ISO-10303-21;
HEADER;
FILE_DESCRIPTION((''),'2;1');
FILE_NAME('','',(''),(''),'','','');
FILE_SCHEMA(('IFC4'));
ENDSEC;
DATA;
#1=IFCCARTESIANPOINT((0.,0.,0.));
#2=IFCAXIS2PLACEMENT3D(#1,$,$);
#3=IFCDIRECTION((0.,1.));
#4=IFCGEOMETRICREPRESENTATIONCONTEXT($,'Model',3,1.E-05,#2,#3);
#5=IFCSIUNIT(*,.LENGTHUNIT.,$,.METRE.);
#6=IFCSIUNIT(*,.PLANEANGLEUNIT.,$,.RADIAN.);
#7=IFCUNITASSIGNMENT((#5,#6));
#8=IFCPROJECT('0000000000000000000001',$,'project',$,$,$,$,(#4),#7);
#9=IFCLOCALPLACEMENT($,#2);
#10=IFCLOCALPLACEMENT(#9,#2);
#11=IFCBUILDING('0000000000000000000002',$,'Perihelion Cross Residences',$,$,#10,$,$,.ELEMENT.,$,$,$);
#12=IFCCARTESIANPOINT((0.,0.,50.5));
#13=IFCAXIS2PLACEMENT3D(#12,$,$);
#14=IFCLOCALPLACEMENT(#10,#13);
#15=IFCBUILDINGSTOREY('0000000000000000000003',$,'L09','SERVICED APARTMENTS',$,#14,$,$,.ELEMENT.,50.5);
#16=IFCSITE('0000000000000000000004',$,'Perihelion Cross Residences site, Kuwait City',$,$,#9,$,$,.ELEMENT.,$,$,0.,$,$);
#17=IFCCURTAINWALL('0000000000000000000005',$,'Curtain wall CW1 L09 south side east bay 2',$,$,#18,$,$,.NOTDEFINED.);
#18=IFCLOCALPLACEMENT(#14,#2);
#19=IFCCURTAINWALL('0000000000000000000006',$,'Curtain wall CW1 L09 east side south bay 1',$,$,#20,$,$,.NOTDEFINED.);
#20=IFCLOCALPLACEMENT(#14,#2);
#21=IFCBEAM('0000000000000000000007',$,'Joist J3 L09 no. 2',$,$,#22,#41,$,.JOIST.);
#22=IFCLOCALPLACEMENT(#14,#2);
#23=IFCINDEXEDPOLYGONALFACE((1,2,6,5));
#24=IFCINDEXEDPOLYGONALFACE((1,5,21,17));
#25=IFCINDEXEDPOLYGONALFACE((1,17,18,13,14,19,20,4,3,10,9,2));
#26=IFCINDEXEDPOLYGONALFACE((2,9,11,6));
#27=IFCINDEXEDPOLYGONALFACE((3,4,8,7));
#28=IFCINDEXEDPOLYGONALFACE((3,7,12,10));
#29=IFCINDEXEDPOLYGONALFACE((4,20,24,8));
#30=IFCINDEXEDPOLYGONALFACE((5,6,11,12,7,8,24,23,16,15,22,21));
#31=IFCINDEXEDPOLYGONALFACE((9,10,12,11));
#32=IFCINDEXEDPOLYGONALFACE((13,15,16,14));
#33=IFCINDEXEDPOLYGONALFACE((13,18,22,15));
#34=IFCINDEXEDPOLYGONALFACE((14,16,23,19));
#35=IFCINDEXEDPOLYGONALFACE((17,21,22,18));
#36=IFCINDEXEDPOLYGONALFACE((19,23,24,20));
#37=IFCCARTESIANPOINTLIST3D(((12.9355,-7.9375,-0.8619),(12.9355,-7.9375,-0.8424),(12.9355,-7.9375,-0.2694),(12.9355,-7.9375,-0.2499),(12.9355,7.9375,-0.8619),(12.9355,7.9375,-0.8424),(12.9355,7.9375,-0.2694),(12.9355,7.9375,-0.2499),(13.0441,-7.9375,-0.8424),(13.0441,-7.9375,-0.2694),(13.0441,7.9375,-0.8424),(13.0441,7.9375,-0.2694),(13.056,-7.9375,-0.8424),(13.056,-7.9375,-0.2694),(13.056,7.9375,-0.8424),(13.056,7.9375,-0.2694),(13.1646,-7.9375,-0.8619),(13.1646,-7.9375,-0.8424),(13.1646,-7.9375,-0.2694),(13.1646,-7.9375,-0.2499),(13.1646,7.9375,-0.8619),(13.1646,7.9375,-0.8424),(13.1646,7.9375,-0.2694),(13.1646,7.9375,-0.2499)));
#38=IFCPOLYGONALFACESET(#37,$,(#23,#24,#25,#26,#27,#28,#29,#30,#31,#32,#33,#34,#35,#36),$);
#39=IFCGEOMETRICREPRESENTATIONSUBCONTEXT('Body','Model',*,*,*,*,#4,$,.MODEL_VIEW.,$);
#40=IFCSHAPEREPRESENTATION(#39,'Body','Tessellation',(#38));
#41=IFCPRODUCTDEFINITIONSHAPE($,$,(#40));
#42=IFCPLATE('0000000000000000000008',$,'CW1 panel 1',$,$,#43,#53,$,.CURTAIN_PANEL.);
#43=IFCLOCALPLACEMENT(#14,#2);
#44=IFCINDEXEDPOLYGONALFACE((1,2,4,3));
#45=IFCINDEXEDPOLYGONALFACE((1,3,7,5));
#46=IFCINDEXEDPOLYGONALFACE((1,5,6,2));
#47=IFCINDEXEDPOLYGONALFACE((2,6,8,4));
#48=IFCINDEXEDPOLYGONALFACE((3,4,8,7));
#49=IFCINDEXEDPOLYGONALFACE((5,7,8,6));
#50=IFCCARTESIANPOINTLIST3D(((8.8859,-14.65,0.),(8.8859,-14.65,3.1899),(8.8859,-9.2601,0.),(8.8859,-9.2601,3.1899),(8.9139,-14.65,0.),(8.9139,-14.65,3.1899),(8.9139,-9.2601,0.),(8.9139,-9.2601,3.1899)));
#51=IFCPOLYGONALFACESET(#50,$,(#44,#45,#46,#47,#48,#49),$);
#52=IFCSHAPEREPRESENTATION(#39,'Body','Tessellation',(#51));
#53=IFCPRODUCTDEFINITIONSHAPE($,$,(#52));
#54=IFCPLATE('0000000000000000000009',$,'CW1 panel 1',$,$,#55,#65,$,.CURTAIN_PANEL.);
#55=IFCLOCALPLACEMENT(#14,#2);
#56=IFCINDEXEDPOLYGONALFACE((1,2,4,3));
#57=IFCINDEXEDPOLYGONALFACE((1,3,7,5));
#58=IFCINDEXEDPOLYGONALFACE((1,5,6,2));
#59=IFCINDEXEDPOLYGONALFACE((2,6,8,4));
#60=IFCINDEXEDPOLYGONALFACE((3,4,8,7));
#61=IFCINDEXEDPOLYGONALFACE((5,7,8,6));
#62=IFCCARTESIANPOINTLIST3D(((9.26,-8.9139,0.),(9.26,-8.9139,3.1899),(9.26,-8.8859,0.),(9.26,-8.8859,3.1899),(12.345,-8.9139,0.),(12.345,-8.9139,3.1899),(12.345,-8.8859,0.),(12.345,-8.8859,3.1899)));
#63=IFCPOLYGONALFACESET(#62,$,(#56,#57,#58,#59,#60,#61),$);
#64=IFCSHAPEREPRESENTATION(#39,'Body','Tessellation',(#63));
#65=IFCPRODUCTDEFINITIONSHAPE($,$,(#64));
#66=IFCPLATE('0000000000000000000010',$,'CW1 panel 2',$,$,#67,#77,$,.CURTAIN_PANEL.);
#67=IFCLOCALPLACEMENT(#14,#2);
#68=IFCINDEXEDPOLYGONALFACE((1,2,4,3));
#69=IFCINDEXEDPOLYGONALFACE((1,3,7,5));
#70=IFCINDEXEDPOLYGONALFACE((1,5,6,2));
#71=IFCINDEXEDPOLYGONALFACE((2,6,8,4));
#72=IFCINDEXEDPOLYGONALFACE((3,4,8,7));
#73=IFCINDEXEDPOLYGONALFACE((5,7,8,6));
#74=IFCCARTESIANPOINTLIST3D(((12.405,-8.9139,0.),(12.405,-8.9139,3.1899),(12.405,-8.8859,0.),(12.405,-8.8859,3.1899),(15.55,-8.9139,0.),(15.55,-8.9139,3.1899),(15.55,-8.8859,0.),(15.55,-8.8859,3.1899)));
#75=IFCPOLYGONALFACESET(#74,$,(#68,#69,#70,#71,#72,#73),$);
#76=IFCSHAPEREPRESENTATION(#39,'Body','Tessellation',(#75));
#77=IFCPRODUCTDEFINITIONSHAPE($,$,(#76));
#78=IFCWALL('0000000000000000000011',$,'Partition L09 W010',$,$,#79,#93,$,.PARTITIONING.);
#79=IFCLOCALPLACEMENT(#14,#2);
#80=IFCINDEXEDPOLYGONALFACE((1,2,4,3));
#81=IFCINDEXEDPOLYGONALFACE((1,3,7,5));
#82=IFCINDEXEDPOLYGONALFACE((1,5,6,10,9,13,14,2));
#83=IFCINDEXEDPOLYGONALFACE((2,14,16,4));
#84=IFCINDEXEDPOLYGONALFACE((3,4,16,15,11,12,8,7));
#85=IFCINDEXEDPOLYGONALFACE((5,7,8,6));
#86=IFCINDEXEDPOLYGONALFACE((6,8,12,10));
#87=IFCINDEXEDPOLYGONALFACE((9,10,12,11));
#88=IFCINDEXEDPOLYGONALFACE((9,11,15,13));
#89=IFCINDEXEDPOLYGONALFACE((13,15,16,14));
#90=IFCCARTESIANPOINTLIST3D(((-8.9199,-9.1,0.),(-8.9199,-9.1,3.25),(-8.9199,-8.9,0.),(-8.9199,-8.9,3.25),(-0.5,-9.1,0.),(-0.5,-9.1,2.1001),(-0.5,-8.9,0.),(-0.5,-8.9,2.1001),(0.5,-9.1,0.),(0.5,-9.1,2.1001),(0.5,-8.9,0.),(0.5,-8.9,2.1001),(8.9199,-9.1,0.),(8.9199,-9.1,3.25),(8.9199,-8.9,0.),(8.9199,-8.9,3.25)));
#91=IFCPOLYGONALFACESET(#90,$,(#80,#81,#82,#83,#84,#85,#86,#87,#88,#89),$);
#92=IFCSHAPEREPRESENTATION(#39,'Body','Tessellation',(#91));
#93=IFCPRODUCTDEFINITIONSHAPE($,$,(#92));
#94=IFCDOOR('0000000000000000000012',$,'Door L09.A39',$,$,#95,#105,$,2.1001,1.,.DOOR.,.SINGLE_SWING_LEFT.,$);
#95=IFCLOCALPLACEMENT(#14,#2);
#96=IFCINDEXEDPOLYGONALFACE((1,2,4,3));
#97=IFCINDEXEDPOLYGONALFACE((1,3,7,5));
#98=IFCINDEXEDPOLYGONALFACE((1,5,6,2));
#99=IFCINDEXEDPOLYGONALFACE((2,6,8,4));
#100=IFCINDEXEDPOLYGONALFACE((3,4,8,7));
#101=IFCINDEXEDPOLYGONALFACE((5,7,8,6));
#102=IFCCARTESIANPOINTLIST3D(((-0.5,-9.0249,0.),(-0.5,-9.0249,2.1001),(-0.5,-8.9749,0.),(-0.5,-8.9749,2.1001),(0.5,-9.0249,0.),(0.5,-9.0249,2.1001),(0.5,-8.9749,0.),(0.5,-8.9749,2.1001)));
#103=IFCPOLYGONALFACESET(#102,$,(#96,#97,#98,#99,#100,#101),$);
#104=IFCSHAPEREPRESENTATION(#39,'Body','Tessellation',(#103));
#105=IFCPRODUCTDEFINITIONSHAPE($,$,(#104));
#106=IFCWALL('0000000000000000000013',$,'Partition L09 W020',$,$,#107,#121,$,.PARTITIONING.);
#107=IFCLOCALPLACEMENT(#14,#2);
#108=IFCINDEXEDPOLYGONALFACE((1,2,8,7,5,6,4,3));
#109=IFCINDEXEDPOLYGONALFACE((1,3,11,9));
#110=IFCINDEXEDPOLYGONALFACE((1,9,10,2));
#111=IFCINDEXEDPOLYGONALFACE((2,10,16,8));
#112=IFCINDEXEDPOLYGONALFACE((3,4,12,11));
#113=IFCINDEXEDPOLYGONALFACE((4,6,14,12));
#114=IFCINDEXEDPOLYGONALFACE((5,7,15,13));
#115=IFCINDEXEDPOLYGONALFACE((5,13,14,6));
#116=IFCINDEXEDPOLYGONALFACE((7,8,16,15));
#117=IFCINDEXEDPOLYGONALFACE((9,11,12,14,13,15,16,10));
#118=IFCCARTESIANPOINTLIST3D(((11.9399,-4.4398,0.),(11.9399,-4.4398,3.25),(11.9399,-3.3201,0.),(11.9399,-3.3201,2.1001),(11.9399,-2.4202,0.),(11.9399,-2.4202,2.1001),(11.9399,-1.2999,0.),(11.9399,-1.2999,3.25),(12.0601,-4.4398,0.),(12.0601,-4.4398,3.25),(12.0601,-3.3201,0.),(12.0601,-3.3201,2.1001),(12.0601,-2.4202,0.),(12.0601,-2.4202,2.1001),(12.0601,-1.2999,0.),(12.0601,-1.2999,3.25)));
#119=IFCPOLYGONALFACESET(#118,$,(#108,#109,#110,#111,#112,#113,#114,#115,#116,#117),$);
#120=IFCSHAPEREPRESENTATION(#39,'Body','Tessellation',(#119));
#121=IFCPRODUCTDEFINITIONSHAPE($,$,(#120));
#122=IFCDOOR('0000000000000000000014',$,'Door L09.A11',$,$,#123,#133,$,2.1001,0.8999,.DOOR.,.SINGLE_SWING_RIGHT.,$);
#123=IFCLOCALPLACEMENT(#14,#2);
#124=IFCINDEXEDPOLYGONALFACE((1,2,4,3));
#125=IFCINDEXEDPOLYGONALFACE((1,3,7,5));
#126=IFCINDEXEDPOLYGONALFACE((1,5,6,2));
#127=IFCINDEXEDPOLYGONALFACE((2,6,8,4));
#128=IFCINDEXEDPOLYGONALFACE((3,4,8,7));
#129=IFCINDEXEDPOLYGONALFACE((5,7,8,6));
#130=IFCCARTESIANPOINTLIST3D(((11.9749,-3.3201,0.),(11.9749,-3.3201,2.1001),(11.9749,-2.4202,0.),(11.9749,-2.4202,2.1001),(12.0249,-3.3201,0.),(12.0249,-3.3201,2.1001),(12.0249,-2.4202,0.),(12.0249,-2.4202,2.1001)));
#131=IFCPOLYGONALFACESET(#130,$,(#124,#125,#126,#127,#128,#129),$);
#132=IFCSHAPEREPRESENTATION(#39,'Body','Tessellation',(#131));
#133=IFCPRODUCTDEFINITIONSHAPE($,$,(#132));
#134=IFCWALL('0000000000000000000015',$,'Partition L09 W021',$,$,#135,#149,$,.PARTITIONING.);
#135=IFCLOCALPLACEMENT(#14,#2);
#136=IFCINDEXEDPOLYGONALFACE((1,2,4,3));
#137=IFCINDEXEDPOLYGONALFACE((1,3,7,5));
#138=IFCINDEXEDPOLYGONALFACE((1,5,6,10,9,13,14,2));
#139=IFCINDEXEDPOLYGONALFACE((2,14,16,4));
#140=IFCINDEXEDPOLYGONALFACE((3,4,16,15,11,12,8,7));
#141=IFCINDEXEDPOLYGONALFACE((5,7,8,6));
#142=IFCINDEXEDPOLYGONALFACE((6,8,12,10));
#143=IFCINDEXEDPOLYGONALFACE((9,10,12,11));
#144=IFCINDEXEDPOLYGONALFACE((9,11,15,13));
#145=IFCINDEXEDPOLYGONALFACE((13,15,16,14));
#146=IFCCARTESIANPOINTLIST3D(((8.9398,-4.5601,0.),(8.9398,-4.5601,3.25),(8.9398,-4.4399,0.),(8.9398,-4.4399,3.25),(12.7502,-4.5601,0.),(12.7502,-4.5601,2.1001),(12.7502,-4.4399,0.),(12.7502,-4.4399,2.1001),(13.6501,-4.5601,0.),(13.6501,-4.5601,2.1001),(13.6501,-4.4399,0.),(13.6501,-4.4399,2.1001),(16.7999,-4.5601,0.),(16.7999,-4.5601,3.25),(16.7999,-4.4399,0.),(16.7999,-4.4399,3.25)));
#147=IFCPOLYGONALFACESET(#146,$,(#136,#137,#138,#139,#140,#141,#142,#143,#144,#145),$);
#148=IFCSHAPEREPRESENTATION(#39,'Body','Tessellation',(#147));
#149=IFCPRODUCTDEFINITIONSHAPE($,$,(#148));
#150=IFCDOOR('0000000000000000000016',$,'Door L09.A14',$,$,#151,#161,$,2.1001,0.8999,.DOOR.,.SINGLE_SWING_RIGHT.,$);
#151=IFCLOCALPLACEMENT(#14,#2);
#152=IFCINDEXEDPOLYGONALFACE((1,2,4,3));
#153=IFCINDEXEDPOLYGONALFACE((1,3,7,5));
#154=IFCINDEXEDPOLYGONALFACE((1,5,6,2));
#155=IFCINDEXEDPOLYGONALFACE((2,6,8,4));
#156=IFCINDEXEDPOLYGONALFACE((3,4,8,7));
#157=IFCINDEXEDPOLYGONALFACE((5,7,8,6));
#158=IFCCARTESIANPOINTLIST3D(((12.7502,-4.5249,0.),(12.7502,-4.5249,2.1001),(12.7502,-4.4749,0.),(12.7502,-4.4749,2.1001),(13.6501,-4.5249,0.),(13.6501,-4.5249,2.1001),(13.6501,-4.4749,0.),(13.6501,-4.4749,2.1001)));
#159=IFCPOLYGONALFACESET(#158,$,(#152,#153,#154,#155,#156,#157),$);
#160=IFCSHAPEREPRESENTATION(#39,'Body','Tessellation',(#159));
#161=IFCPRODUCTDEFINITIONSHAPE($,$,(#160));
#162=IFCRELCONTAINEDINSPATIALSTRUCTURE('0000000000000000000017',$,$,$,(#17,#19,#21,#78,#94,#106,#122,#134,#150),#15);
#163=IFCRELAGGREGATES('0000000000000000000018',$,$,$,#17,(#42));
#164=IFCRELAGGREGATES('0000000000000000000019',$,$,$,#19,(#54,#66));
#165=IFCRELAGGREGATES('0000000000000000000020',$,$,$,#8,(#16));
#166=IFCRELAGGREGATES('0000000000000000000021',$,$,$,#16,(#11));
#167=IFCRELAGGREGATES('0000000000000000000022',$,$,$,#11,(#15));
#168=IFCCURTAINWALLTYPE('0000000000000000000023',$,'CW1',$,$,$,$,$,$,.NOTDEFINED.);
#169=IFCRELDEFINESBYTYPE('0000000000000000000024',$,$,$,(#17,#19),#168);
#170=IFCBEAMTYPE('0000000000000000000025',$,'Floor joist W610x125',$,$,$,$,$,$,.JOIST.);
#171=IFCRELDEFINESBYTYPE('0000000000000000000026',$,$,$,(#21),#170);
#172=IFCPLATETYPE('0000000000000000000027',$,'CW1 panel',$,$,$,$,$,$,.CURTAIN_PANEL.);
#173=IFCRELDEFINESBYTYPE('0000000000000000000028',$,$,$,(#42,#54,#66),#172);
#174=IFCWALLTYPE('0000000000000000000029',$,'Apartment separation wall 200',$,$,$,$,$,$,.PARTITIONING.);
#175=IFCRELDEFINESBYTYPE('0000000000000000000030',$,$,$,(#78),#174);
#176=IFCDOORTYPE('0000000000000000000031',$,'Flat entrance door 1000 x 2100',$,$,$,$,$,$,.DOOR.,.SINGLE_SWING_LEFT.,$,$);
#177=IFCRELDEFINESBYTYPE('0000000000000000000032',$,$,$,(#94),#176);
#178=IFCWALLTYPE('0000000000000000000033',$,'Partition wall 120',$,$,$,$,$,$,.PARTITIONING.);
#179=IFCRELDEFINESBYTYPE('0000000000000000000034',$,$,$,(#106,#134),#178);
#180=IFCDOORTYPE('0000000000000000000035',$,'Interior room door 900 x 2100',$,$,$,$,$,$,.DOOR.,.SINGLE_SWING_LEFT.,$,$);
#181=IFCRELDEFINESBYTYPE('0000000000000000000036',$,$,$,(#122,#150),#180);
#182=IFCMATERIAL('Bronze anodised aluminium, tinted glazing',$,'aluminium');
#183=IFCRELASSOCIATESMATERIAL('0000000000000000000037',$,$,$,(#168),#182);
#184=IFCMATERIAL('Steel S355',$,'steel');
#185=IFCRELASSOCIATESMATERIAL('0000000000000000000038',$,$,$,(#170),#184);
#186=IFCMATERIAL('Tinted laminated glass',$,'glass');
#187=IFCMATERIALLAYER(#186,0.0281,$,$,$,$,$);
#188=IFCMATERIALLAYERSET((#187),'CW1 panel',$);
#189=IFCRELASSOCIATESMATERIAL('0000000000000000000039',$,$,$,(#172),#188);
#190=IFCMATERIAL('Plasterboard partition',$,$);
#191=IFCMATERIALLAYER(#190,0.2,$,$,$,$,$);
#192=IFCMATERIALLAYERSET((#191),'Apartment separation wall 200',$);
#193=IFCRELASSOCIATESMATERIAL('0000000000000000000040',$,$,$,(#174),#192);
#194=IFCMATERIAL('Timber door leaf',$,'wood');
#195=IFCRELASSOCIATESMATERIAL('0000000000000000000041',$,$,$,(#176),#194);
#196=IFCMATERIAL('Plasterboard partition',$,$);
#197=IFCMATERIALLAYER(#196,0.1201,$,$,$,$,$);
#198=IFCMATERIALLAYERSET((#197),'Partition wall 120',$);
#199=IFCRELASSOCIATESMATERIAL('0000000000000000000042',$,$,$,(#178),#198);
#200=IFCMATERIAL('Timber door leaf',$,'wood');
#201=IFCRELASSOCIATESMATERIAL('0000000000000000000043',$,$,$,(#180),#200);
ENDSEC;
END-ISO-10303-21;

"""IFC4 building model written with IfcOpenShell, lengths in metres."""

from ifc_helpers import new_model, si_unit, direction, frame, frame_2d, origin, origin_2d, place, context, subcontext, project, spatial, rectangle, i_section, extrude, material, layer, layer_set, material_profile, profile_set, type_object, element, fill, aggregate, save


model = new_model("IFC4")

# Units and contexts
model_context = context("Model", 3, precision=1e-05, world=origin(), true_north=direction((0.0, 1.0)))
body_context = subcontext(model_context, "Body", "Model", "MODEL_VIEW")
ifc_project = project(units=[si_unit("LENGTHUNIT", "METRE"), si_unit("PLANEANGLEUNIT", "RADIAN")], contexts=[model_context])

# Site, building, storey
site_placement = place(None, origin())
site = spatial("IfcSite", under=ifc_project, at=site_placement, Name="Perihelion Cross Residences site, Kuwait City", CompositionType="ELEMENT", RefElevation=0.0)
building_placement = place(site_placement, origin())
building = spatial("IfcBuilding", under=site, at=building_placement, Name="Perihelion Cross Residences", CompositionType="ELEMENT")
storey_placement = place(building_placement, frame((0.0, 0.0, 50.5)))
storey = spatial("IfcBuildingStorey", under=building, at=storey_placement, Name="L09", Description="SERVICED APARTMENTS", CompositionType="ELEMENT", Elevation=50.5)

# Curtain wall
ifc_material_1 = material(Name="Bronze anodised aluminium, tinted glazing", Category="aluminium")
curtain_wall_type = type_object("IfcCurtainWallType", Name="CW1", PredefinedType="NOTDEFINED", material=ifc_material_1)
curtain_wall_1_placement = place(storey_placement, origin())
curtain_wall_1 = element("IfcCurtainWall", 1, at=curtain_wall_1_placement, inside=storey, type_object=curtain_wall_type, Name="Curtain wall CW1 L09 south side east bay 2", PredefinedType="NOTDEFINED")

# Curtain wall
curtain_wall_2_placement = place(storey_placement, origin())
curtain_wall_2 = element("IfcCurtainWall", 2, at=curtain_wall_2_placement, inside=storey, type_object=curtain_wall_type, Name="Curtain wall CW1 L09 east side south bay 1", PredefinedType="NOTDEFINED")

# Beam
ifc_material_2 = material(Name="Steel S355", Category="steel")
ifc_material_profile_1 = material_profile(ifc_material_2, i_section(OverallWidth=0.229, OverallDepth=0.6121, WebThickness=0.012, FlangeThickness=0.0195, at=origin_2d()), Name="W610x125")
ifc_profile_set_1 = profile_set([ifc_material_profile_1], Name="Steel S355")
beam_type_1 = type_object("IfcBeamType", Name="Floor joist W610x125", PredefinedType="JOIST", material=ifc_profile_set_1)
beam_1_placement = place(storey_placement, frame((13.05, -7.9375, -0.5559), z_axis=(0.0, 1.0, 0.0), x_axis=(-1.0, 0.0, 0.0)))
element("IfcBeam", 3, at=beam_1_placement, inside=storey, type_object=beam_type_1, Name="Joist J3 L09 no. 2", PredefinedType="JOIST", context=body_context, shape_type="SweptSolid", body=[
    extrude(i_section(OverallWidth=0.229, OverallDepth=0.6121, WebThickness=0.012, FlangeThickness=0.0195, at=origin_2d()), origin(), (0.0, 0.0, 1.0), 15.875),
])

# Plates
ifc_material_3 = material(Name="Tinted laminated glass", Category="glass")
ifc_layer_1 = layer(ifc_material_3, 0.0281)
ifc_layer_set_1 = layer_set([ifc_layer_1], Name="CW1 panel")
plate_type = type_object("IfcPlateType", Name="CW1 panel", PredefinedType="CURTAIN_PANEL", material=ifc_layer_set_1)
plate_1_placement = place(storey_placement, frame((8.8999, -11.9551, 0.0), z_axis=(0.0, 0.0, 1.0), x_axis=(0.0, 1.0, 0.0)))
plate_1 = element("IfcPlate", 4, at=plate_1_placement, type_object=plate_type, Name="CW1 panel 1", PredefinedType="CURTAIN_PANEL", context=body_context, shape_type="SweptSolid", body=[
    extrude(rectangle(XDim=5.3899, YDim=0.0281, at=origin_2d()), origin(), (0.0, 0.0, 1.0), 3.1899),
])
aggregate(curtain_wall_1, [plate_1])
plate_2_placement = place(storey_placement, frame((10.8025, -8.8999, 0.0), z_axis=(0.0, 0.0, 1.0), x_axis=(1.0, 0.0, 0.0)))
plate_2 = element("IfcPlate", 5, at=plate_2_placement, type_object=plate_type, Name="CW1 panel 1", PredefinedType="CURTAIN_PANEL", context=body_context, shape_type="SweptSolid", body=[
    extrude(rectangle(XDim=3.085, YDim=0.0281, at=origin_2d()), origin(), (0.0, 0.0, 1.0), 3.1899),
])
plate_3_placement = place(storey_placement, frame((13.9775, -8.8999, 0.0), z_axis=(0.0, 0.0, 1.0), x_axis=(1.0, 0.0, 0.0)))
plate_3 = element("IfcPlate", 6, at=plate_3_placement, type_object=plate_type, Name="CW1 panel 2", PredefinedType="CURTAIN_PANEL", context=body_context, shape_type="SweptSolid", body=[
    extrude(rectangle(XDim=3.145, YDim=0.0281, at=origin_2d()), origin(), (0.0, 0.0, 1.0), 3.1899),
])
aggregate(curtain_wall_2, [plate_2, plate_3])

# Walls, openings, doors
ifc_material_4 = material(Name="Plasterboard partition")
ifc_layer_2 = layer(ifc_material_4, 0.2)
ifc_layer_set_2 = layer_set([ifc_layer_2], Name="Apartment separation wall 200")
wall_type_1 = type_object("IfcWallType", Name="Apartment separation wall 200", PredefinedType="PARTITIONING", material=ifc_layer_set_2)
wall_1_placement = place(storey_placement, frame((8.9199, -9.0, 0.0), z_axis=(0.0, 0.0, 1.0), x_axis=(-1.0, 0.0, 0.0)))
wall_1 = element("IfcWall", 7, at=wall_1_placement, inside=storey, type_object=wall_type_1, Name="Partition L09 W010", PredefinedType="PARTITIONING", context=body_context, shape_type="SweptSolid", body=[
    extrude(rectangle(XDim=17.8398, YDim=0.2, at=frame_2d((8.9199, 0.0))), origin(), (0.0, 0.0, 1.0), 3.25),
])
opening_1_placement = place(wall_1_placement, frame((8.4199, 0.0, 0.0)))
opening_1 = element("IfcOpeningElement", 8, at=opening_1_placement, cuts=wall_1, PredefinedType="OPENING", context=body_context, shape_type="SweptSolid", body=[
    extrude(rectangle(XDim=1.0, YDim=2.1001, at=frame_2d((0.5, 1.05))), frame((0.0, 0.1099, 0.0), z_axis=(0.0, -1.0, 0.0), x_axis=(1.0, 0.0, 0.0)), (0.0, 0.0, 1.0), 0.22),
])
ifc_material_5 = material(Name="Timber door leaf", Category="wood")
door_type_1 = type_object("IfcDoorType", Name="Flat entrance door 1000 x 2100", OperationType="SINGLE_SWING_LEFT", PredefinedType="DOOR", material=ifc_material_5)
door_1_placement = place(opening_1_placement, origin())
door_1 = element("IfcDoor", 9, at=door_1_placement, inside=storey, type_object=door_type_1, Name="Door L09.A39", OperationType="SINGLE_SWING_LEFT", OverallHeight=2.1001, OverallWidth=1.0, PredefinedType="DOOR", context=body_context, shape_type="SweptSolid", body=[
    extrude(rectangle(XDim=1.0, YDim=2.1001, at=frame_2d((0.5, 1.05))), frame((0.0, 0.0249, 0.0), z_axis=(0.0, -1.0, 0.0), x_axis=(1.0, 0.0, 0.0)), (0.0, 0.0, 1.0), 0.05),
])
fill(opening_1, door_1)
ifc_material_6 = material(Name="Plasterboard partition")
ifc_layer_3 = layer(ifc_material_6, 0.1201)
ifc_layer_set_3 = layer_set([ifc_layer_3], Name="Partition wall 120")
wall_type_2 = type_object("IfcWallType", Name="Partition wall 120", PredefinedType="PARTITIONING", material=ifc_layer_set_3)
wall_2_placement = place(storey_placement, frame((12.0, -1.3, 0.0), z_axis=(0.0, 0.0, 1.0), x_axis=(0.0, -1.0, 0.0)))
wall_2 = element("IfcWall", 10, at=wall_2_placement, inside=storey, type_object=wall_type_2, Name="Partition L09 W020", PredefinedType="PARTITIONING", context=body_context, shape_type="SweptSolid", body=[
    extrude(rectangle(XDim=3.1399, YDim=0.1201, at=frame_2d((1.5698, 0.0))), origin(), (0.0, 0.0, 1.0), 3.25),
])
opening_2_placement = place(wall_2_placement, frame((1.1201, 0.0, 0.0)))
opening_2 = element("IfcOpeningElement", 11, at=opening_2_placement, cuts=wall_2, PredefinedType="OPENING", context=body_context, shape_type="SweptSolid", body=[
    extrude(rectangle(XDim=0.8999, YDim=2.1001, at=frame_2d((0.45, 1.05))), frame((0.0, 0.0701, 0.0), z_axis=(0.0, -1.0, 0.0), x_axis=(1.0, 0.0, 0.0)), (0.0, 0.0, 1.0), 0.1401),
])
ifc_material_7 = material(Name="Timber door leaf", Category="wood")
door_type_2 = type_object("IfcDoorType", Name="Interior room door 900 x 2100", OperationType="SINGLE_SWING_LEFT", PredefinedType="DOOR", material=ifc_material_7)
door_2_placement = place(opening_2_placement, origin())
door_2 = element("IfcDoor", 12, at=door_2_placement, inside=storey, type_object=door_type_2, Name="Door L09.A11", OperationType="SINGLE_SWING_RIGHT", OverallHeight=2.1001, OverallWidth=0.8999, PredefinedType="DOOR", context=body_context, shape_type="SweptSolid", body=[
    extrude(rectangle(XDim=0.8999, YDim=2.1001, at=frame_2d((0.45, 1.05))), frame((0.0, 0.0249, 0.0), z_axis=(0.0, -1.0, 0.0), x_axis=(1.0, 0.0, 0.0)), (0.0, 0.0, 1.0), 0.05),
])
fill(opening_2, door_2)
wall_3_placement = place(storey_placement, frame((16.8, -4.5, 0.0), z_axis=(0.0, 0.0, 1.0), x_axis=(-1.0, 0.0, 0.0)))
wall_3 = element("IfcWall", 13, at=wall_3_placement, inside=storey, type_object=wall_type_2, Name="Partition L09 W021", PredefinedType="PARTITIONING", context=body_context, shape_type="SweptSolid", body=[
    extrude(rectangle(XDim=7.8601, YDim=0.1201, at=frame_2d((3.9302, 0.0))), origin(), (0.0, 0.0, 1.0), 3.25),
])
opening_3_placement = place(wall_3_placement, frame((3.1499, 0.0, 0.0)))
opening_3 = element("IfcOpeningElement", 14, at=opening_3_placement, cuts=wall_3, PredefinedType="OPENING", context=body_context, shape_type="SweptSolid", body=[
    extrude(rectangle(XDim=0.8999, YDim=2.1001, at=frame_2d((0.45, 1.05))), frame((0.0, 0.0701, 0.0), z_axis=(0.0, -1.0, 0.0), x_axis=(1.0, 0.0, 0.0)), (0.0, 0.0, 1.0), 0.1401),
])
door_3_placement = place(opening_3_placement, origin())
door_3 = element("IfcDoor", 15, at=door_3_placement, inside=storey, type_object=door_type_2, Name="Door L09.A14", OperationType="SINGLE_SWING_RIGHT", OverallHeight=2.1001, OverallWidth=0.8999, PredefinedType="DOOR", context=body_context, shape_type="SweptSolid", body=[
    extrude(rectangle(XDim=0.8999, YDim=2.1001, at=frame_2d((0.45, 1.05))), frame((0.0, 0.0249, 0.0), z_axis=(0.0, -1.0, 0.0), x_axis=(1.0, 0.0, 0.0)), (0.0, 0.0, 1.0), 0.05),
])
fill(opening_3, door_3)

save(model, "model.ifc")
